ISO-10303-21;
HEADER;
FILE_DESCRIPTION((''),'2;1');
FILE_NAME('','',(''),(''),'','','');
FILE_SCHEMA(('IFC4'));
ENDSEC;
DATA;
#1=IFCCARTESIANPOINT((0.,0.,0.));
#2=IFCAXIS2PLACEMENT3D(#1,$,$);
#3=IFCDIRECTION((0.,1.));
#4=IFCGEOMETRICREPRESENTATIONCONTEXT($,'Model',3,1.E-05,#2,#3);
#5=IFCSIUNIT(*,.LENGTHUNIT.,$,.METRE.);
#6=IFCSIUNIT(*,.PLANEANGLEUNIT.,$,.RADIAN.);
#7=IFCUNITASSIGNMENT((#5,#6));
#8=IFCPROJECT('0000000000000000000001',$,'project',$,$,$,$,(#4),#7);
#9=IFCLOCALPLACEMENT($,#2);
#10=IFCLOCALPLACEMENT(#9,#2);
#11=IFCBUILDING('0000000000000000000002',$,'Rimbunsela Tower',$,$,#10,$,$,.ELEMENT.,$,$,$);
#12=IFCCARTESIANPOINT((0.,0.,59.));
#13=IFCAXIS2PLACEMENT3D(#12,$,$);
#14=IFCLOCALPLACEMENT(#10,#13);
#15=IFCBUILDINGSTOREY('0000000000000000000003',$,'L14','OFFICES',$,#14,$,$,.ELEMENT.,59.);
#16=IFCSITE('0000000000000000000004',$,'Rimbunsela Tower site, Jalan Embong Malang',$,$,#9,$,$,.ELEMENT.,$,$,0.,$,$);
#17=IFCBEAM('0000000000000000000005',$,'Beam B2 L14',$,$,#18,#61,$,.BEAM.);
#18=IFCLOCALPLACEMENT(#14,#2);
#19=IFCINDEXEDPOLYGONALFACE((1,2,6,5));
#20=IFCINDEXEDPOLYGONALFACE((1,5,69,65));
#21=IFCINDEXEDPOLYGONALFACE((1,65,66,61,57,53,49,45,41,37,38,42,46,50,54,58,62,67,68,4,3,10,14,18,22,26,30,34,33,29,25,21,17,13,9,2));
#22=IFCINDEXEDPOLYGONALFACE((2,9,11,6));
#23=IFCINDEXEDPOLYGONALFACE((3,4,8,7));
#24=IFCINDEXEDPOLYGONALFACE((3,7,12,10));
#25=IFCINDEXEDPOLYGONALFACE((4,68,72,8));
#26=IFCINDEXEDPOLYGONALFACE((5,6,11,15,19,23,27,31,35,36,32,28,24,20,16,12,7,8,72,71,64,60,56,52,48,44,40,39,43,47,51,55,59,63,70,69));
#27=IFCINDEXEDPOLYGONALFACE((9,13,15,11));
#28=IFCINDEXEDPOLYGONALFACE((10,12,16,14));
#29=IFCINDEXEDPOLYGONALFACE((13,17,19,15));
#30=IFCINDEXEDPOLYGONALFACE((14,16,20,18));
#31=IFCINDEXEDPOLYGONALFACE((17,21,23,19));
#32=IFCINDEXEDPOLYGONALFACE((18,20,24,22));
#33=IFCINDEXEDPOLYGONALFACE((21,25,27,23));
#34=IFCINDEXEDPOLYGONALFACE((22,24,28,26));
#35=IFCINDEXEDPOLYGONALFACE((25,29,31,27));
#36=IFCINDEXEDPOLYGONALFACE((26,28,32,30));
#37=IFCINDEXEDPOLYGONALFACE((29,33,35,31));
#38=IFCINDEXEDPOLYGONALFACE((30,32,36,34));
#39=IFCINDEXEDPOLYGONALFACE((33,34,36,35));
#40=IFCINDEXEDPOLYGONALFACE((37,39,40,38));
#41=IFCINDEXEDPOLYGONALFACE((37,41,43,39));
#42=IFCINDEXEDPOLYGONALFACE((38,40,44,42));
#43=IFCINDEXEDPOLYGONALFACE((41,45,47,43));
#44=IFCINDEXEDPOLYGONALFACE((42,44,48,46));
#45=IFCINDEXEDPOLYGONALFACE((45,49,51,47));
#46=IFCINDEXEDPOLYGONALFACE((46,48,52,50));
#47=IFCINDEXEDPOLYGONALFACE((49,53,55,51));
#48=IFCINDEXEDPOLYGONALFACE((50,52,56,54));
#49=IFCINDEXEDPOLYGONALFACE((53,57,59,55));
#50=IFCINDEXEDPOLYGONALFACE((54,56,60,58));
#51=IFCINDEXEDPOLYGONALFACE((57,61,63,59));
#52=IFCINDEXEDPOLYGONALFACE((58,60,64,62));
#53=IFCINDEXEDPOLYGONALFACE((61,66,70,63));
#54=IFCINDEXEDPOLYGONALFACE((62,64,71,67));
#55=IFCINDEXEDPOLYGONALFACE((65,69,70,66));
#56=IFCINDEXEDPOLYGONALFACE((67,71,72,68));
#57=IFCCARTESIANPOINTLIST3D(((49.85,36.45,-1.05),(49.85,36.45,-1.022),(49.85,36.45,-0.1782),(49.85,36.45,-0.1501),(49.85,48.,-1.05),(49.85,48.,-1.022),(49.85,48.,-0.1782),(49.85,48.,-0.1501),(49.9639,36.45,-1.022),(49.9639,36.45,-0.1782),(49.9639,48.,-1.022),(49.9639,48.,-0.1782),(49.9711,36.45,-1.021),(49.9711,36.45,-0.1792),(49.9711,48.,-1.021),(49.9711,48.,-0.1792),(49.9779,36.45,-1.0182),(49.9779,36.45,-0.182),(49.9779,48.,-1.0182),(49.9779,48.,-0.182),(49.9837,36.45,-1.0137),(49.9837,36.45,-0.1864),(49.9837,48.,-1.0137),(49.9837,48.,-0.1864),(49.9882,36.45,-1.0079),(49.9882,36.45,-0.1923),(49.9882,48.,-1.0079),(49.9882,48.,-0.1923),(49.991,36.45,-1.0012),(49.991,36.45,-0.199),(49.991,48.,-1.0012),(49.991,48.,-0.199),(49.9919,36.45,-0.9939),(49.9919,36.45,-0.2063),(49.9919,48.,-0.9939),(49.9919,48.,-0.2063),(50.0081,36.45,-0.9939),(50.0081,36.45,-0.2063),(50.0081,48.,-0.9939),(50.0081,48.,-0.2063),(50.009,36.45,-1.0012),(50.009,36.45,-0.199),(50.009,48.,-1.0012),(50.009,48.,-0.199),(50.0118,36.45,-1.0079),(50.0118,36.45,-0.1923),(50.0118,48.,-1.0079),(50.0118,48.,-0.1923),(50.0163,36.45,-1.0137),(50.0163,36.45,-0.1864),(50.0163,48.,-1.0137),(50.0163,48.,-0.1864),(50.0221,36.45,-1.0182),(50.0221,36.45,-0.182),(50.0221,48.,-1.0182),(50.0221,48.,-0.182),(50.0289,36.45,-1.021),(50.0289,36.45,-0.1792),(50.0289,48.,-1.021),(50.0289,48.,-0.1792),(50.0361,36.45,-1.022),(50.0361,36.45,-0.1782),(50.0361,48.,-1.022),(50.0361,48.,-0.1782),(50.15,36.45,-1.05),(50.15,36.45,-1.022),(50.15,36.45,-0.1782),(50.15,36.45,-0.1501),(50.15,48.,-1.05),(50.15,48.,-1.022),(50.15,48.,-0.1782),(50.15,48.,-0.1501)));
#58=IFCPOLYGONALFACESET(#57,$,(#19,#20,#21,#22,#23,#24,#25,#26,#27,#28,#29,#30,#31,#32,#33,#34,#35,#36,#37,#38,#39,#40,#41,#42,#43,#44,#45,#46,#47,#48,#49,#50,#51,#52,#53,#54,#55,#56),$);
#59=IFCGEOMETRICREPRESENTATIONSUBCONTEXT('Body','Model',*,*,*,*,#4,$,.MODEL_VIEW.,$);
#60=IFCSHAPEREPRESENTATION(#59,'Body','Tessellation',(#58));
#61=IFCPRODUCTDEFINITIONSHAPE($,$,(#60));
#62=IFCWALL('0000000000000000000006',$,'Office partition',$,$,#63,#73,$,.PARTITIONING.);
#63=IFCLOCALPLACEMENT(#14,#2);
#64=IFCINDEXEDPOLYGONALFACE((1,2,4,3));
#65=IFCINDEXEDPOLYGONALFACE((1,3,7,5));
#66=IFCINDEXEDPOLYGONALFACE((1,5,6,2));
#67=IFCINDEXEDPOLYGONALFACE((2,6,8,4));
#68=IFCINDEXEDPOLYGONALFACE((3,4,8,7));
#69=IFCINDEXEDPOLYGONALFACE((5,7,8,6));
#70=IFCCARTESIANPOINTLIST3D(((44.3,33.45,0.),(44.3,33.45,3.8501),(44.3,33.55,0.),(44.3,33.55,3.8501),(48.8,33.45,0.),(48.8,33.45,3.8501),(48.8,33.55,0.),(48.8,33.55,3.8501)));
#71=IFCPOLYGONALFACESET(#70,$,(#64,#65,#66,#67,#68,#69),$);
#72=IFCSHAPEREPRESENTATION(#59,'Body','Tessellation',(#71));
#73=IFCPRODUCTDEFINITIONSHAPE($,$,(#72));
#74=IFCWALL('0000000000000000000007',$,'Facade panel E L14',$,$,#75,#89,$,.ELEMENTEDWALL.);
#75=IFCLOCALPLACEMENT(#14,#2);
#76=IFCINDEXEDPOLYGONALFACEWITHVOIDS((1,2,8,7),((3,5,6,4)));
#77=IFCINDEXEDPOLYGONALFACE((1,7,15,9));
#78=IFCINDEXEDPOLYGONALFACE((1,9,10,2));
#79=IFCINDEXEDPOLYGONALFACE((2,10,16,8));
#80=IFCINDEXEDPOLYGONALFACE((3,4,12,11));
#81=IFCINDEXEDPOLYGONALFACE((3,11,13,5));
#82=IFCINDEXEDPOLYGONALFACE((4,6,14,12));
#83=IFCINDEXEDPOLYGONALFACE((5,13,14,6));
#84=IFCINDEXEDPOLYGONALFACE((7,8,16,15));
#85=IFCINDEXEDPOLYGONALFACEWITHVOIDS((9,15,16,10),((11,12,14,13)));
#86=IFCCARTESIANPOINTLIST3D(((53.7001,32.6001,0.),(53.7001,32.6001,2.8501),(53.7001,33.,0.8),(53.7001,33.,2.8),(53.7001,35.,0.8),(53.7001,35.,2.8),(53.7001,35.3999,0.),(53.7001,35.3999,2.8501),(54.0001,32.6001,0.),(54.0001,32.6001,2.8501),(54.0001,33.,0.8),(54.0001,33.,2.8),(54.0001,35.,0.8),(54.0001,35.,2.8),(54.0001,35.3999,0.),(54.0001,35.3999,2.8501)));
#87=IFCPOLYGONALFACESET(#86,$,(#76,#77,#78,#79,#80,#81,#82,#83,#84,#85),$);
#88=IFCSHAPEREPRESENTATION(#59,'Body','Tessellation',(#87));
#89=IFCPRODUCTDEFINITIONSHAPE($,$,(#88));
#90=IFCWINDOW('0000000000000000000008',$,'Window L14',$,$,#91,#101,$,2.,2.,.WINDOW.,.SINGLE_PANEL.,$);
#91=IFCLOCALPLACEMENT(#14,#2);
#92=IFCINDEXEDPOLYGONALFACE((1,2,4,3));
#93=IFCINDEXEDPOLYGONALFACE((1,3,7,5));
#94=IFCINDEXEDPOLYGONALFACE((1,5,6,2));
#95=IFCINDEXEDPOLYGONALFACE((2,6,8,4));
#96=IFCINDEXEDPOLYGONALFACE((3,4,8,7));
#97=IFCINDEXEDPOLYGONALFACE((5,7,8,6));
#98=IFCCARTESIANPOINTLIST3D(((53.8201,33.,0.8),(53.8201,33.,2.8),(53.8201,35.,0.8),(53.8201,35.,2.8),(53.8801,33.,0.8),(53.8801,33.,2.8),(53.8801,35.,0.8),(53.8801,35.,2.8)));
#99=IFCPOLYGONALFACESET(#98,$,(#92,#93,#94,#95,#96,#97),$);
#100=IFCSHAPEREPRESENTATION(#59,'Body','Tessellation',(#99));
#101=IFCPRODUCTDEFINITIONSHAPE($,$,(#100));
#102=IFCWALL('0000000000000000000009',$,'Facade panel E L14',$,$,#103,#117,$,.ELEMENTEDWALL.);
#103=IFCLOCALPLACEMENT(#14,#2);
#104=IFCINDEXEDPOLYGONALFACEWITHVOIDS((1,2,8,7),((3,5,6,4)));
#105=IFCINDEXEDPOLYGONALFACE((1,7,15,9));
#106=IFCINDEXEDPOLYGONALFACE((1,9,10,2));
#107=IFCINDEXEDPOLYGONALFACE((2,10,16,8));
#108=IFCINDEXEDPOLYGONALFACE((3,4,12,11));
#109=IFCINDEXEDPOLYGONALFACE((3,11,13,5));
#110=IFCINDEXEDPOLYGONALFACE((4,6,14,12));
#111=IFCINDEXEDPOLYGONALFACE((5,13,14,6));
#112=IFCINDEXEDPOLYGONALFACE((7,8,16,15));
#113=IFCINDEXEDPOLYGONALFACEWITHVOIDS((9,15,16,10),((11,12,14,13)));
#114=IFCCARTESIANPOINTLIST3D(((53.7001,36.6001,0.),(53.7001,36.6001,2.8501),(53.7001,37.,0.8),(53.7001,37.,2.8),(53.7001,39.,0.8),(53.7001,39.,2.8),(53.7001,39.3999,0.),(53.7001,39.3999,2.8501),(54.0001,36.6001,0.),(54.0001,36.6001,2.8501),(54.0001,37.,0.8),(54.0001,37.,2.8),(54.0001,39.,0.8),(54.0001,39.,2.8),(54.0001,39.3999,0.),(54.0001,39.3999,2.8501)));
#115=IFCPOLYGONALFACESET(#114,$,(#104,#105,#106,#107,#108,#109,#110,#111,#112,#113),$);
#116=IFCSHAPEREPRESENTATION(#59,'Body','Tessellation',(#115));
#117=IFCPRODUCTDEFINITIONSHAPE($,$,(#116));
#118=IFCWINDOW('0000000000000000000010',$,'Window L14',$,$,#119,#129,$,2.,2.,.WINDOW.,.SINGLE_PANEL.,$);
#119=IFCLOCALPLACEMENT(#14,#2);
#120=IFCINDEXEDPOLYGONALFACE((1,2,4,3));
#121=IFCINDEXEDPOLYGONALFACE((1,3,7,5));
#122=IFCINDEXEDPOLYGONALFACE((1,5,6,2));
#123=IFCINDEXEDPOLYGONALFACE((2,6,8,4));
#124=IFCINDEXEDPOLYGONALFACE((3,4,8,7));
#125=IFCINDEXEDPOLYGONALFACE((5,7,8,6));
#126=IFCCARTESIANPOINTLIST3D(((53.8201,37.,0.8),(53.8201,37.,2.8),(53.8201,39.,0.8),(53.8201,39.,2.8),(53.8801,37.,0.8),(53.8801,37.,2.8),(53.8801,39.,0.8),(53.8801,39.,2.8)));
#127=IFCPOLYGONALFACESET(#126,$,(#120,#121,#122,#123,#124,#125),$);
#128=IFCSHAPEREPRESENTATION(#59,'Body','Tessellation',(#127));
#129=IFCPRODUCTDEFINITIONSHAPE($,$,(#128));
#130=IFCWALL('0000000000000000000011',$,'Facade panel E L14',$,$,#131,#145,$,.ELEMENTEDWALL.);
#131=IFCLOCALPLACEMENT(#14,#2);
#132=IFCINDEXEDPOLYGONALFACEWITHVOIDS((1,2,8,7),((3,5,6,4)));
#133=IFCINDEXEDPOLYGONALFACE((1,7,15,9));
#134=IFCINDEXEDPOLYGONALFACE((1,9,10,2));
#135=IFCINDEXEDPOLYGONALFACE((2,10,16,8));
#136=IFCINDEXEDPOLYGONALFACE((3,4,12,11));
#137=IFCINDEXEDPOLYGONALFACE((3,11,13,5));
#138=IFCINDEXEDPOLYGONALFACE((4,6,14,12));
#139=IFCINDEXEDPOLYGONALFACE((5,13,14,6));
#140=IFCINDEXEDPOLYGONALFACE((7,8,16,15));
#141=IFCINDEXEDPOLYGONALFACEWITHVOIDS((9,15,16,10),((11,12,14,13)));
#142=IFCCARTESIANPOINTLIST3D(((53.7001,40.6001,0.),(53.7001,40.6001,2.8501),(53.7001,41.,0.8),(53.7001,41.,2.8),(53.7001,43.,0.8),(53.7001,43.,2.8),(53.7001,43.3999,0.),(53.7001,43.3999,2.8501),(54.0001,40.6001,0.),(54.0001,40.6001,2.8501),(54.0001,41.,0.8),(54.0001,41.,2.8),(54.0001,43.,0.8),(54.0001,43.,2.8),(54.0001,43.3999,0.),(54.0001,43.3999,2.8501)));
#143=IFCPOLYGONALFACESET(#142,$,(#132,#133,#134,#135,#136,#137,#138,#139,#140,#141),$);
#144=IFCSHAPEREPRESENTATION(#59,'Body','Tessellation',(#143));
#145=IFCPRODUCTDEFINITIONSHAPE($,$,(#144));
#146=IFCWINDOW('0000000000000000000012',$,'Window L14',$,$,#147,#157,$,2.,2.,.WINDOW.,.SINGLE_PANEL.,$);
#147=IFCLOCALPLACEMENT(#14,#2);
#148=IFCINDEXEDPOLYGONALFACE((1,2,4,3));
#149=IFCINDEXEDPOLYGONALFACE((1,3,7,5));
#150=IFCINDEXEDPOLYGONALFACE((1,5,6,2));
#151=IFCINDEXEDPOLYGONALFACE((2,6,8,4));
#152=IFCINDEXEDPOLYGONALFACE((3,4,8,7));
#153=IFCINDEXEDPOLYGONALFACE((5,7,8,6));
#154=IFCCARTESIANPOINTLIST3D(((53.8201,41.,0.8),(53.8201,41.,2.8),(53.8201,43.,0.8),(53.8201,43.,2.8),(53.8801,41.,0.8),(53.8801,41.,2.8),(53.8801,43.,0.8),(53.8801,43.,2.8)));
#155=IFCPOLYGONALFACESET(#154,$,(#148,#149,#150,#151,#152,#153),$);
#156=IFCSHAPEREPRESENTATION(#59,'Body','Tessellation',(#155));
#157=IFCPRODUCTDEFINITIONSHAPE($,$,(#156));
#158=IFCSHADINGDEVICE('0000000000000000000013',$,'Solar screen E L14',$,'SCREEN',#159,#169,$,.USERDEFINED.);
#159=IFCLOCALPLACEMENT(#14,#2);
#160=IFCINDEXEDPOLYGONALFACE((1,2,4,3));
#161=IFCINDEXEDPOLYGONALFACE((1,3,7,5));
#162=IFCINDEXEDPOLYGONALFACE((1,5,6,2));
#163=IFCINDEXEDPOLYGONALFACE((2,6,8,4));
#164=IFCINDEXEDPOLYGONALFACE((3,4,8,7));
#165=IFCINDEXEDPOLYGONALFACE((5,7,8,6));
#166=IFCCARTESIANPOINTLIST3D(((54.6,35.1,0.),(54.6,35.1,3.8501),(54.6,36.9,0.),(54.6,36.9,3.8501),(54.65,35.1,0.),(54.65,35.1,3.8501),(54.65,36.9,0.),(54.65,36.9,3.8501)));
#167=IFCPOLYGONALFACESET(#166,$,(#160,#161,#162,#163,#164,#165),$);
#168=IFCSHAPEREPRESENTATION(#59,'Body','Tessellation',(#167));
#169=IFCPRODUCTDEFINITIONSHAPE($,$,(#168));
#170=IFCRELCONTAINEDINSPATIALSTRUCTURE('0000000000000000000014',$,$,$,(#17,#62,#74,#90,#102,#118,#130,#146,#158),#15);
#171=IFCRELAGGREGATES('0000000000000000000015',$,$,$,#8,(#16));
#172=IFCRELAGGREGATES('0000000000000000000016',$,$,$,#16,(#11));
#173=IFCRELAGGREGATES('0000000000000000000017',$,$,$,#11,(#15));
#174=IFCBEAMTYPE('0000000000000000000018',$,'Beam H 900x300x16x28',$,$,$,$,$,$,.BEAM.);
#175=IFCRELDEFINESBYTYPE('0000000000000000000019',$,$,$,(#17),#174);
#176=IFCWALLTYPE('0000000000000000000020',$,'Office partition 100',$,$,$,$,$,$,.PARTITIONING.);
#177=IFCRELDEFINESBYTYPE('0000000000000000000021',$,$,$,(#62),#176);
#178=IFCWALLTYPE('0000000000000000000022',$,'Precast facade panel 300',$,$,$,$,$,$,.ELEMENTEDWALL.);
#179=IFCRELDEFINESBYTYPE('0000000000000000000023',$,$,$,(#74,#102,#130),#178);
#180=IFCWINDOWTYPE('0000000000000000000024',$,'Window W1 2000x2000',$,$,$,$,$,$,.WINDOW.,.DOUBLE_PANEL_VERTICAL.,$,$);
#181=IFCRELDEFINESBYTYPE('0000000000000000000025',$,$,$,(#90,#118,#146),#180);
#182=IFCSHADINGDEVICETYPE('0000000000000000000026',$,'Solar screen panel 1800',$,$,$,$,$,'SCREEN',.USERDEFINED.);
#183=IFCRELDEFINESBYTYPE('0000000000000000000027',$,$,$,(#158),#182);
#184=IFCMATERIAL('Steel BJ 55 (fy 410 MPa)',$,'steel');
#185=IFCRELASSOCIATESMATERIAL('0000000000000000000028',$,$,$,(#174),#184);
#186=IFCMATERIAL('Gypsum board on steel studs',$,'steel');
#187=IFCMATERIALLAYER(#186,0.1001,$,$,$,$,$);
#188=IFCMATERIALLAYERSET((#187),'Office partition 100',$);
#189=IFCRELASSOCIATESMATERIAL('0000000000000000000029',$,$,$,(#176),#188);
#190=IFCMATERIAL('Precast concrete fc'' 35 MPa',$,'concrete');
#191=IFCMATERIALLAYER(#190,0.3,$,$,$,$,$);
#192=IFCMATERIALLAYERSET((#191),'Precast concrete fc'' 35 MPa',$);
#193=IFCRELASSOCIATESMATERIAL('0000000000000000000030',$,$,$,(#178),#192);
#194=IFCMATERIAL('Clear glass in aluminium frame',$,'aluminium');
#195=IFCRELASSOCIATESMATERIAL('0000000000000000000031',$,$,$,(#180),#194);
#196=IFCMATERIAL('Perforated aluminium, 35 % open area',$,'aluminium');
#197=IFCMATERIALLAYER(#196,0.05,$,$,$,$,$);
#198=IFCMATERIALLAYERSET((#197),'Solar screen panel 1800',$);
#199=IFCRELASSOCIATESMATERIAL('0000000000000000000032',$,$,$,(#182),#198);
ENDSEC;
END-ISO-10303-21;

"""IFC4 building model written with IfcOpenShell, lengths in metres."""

from ifc_helpers import new_model, si_unit, direction, frame, frame_2d, origin, origin_2d, place, context, subcontext, project, spatial, rectangle, i_section, extrude, material, layer, layer_set, material_profile, profile_set, type_object, element, fill, save


model = new_model("IFC4")

# Units and contexts
model_context = context("Model", 3, precision=1e-05, world=origin(), true_north=direction((0.0, 1.0)))
body_context = subcontext(model_context, "Body", "Model", "MODEL_VIEW")
ifc_project = project(units=[si_unit("LENGTHUNIT", "METRE"), si_unit("PLANEANGLEUNIT", "RADIAN")], contexts=[model_context])

# Site, building, storey
site_placement = place(None, origin())
site = spatial("IfcSite", under=ifc_project, at=site_placement, Name="Rimbunsela Tower site, Jalan Embong Malang", CompositionType="ELEMENT", RefElevation=0.0)
building_placement = place(site_placement, origin())
building = spatial("IfcBuilding", under=site, at=building_placement, Name="Rimbunsela Tower", CompositionType="ELEMENT")
storey_placement = place(building_placement, frame((0.0, 0.0, 59.0)))
storey = spatial("IfcBuildingStorey", under=building, at=storey_placement, Name="L14", Description="OFFICES", CompositionType="ELEMENT", Elevation=59.0)

# Beam
ifc_material_1 = material(Name="Steel BJ 55 (fy 410 MPa)", Category="steel")
ifc_material_profile_1 = material_profile(ifc_material_1, i_section(OverallWidth=0.3, OverallDepth=0.8999, WebThickness=0.0161, FlangeThickness=0.0281, FilletRadius=0.0281, at=origin_2d()), Name="H 900x300x16x28")
ifc_profile_set_1 = profile_set([ifc_material_profile_1], Name="Steel BJ 55 (fy 410 MPa)")
beam_type_1 = type_object("IfcBeamType", Name="Beam H 900x300x16x28", PredefinedType="BEAM", material=ifc_profile_set_1)
beam_1_placement = place(storey_placement, frame((50.0, 36.45, -0.6001), z_axis=(0.0, 1.0, 0.0), x_axis=(-1.0, 0.0, 0.0)))
element("IfcBeam", 1, at=beam_1_placement, inside=storey, type_object=beam_type_1, Name="Beam B2 L14", PredefinedType="BEAM", context=body_context, shape_type="SweptSolid", body=[
    extrude(i_section(OverallWidth=0.3, OverallDepth=0.8999, WebThickness=0.0161, FlangeThickness=0.0281, FilletRadius=0.0281, at=origin_2d()), origin(), (0.0, 0.0, 1.0), 11.55),
])

# Wall
ifc_material_2 = material(Name="Gypsum board on steel studs", Category="steel")
ifc_layer_1 = layer(ifc_material_2, 0.1001)
ifc_layer_set_1 = layer_set([ifc_layer_1], Name="Office partition 100")
wall_type_1 = type_object("IfcWallType", Name="Office partition 100", PredefinedType="PARTITIONING", material=ifc_layer_set_1)
wall_1_placement = place(storey_placement, frame((48.8, 33.5, 0.0), z_axis=(0.0, 0.0, 1.0), x_axis=(-1.0, 0.0, 0.0)))
element("IfcWall", 2, at=wall_1_placement, inside=storey, type_object=wall_type_1, Name="Office partition", PredefinedType="PARTITIONING", context=body_context, shape_type="SweptSolid", body=[
    extrude(rectangle(XDim=4.5, YDim=0.1001, at=frame_2d((2.25, 0.0))), origin(), (0.0, 0.0, 1.0), 3.8501),
])

# Walls, openings, windows
ifc_material_3 = material(Name="Precast concrete fc' 35 MPa", Category="concrete")
ifc_layer_2 = layer(ifc_material_3, 0.3)
ifc_layer_set_2 = layer_set([ifc_layer_2], Name="Precast concrete fc' 35 MPa")
wall_type_2 = type_object("IfcWallType", Name="Precast facade panel 300", PredefinedType="ELEMENTEDWALL", material=ifc_layer_set_2)
wall_2_placement = place(storey_placement, frame((53.8501, 32.6001, 0.0), z_axis=(0.0, 0.0, 1.0), x_axis=(0.0, 1.0, 0.0)))
wall_2 = element("IfcWall", 3, at=wall_2_placement, inside=storey, type_object=wall_type_2, Name="Facade panel E L14", PredefinedType="ELEMENTEDWALL", context=body_context, shape_type="SweptSolid", body=[
    extrude(rectangle(XDim=2.7998, YDim=0.3, at=frame_2d((1.3999, 0.0))), origin(), (0.0, 0.0, 1.0), 2.8501),
])
opening_1_placement = place(wall_2_placement, frame((0.3999, 0.0, 0.8)))
opening_1 = element("IfcOpeningElement", 4, at=opening_1_placement, cuts=wall_2, PredefinedType="OPENING", context=body_context, shape_type="SweptSolid", body=[
    extrude(rectangle(XDim=2.0, YDim=2.0, at=frame_2d((1.0, 1.0))), frame((0.0, 0.1599, 0.0), z_axis=(0.0, -1.0, 0.0), x_axis=(1.0, 0.0, 0.0)), (0.0, 0.0, 1.0), 0.3201),
])
ifc_material_4 = material(Name="Clear glass in aluminium frame", Category="aluminium")
window_type = type_object("IfcWindowType", Name="Window W1 2000x2000", PartitioningType="DOUBLE_PANEL_VERTICAL", PredefinedType="WINDOW", material=ifc_material_4)
window_1_placement = place(opening_1_placement, origin())
window_1 = element("IfcWindow", 5, at=window_1_placement, inside=storey, type_object=window_type, Name="Window L14", OverallHeight=2.0, OverallWidth=2.0, PartitioningType="SINGLE_PANEL", PredefinedType="WINDOW", context=body_context, shape_type="SweptSolid", body=[
    extrude(rectangle(XDim=2.0, YDim=2.0, at=frame_2d((1.0, 1.0))), frame((0.0, 0.03, 0.0), z_axis=(0.0, -1.0, 0.0), x_axis=(1.0, 0.0, 0.0)), (0.0, 0.0, 1.0), 0.0601),
])
fill(opening_1, window_1)
wall_3_placement = place(storey_placement, frame((53.8501, 36.6001, 0.0), z_axis=(0.0, 0.0, 1.0), x_axis=(0.0, 1.0, 0.0)))
wall_3 = element("IfcWall", 6, at=wall_3_placement, inside=storey, type_object=wall_type_2, Name="Facade panel E L14", PredefinedType="ELEMENTEDWALL", context=body_context, shape_type="SweptSolid", body=[
    extrude(rectangle(XDim=2.7998, YDim=0.3, at=frame_2d((1.3999, 0.0))), origin(), (0.0, 0.0, 1.0), 2.8501),
])
opening_2_placement = place(wall_3_placement, frame((0.3999, 0.0, 0.8)))
opening_2 = element("IfcOpeningElement", 7, at=opening_2_placement, cuts=wall_3, PredefinedType="OPENING", context=body_context, shape_type="SweptSolid", body=[
    extrude(rectangle(XDim=2.0, YDim=2.0, at=frame_2d((1.0, 1.0))), frame((0.0, 0.1599, 0.0), z_axis=(0.0, -1.0, 0.0), x_axis=(1.0, 0.0, 0.0)), (0.0, 0.0, 1.0), 0.3201),
])
window_2_placement = place(opening_2_placement, origin())
window_2 = element("IfcWindow", 8, at=window_2_placement, inside=storey, type_object=window_type, Name="Window L14", OverallHeight=2.0, OverallWidth=2.0, PartitioningType="SINGLE_PANEL", PredefinedType="WINDOW", context=body_context, shape_type="SweptSolid", body=[
    extrude(rectangle(XDim=2.0, YDim=2.0, at=frame_2d((1.0, 1.0))), frame((0.0, 0.03, 0.0), z_axis=(0.0, -1.0, 0.0), x_axis=(1.0, 0.0, 0.0)), (0.0, 0.0, 1.0), 0.0601),
])
fill(opening_2, window_2)
wall_4_placement = place(storey_placement, frame((53.8501, 40.6001, 0.0), z_axis=(0.0, 0.0, 1.0), x_axis=(0.0, 1.0, 0.0)))
wall_4 = element("IfcWall", 9, at=wall_4_placement, inside=storey, type_object=wall_type_2, Name="Facade panel E L14", PredefinedType="ELEMENTEDWALL", context=body_context, shape_type="SweptSolid", body=[
    extrude(rectangle(XDim=2.7998, YDim=0.3, at=frame_2d((1.3999, 0.0))), origin(), (0.0, 0.0, 1.0), 2.8501),
])
opening_3_placement = place(wall_4_placement, frame((0.3999, 0.0, 0.8)))
opening_3 = element("IfcOpeningElement", 10, at=opening_3_placement, cuts=wall_4, PredefinedType="OPENING", context=body_context, shape_type="SweptSolid", body=[
    extrude(rectangle(XDim=2.0, YDim=2.0, at=frame_2d((1.0, 1.0))), frame((0.0, 0.1599, 0.0), z_axis=(0.0, -1.0, 0.0), x_axis=(1.0, 0.0, 0.0)), (0.0, 0.0, 1.0), 0.3201),
])
window_3_placement = place(opening_3_placement, origin())
window_3 = element("IfcWindow", 11, at=window_3_placement, inside=storey, type_object=window_type, Name="Window L14", OverallHeight=2.0, OverallWidth=2.0, PartitioningType="SINGLE_PANEL", PredefinedType="WINDOW", context=body_context, shape_type="SweptSolid", body=[
    extrude(rectangle(XDim=2.0, YDim=2.0, at=frame_2d((1.0, 1.0))), frame((0.0, 0.03, 0.0), z_axis=(0.0, -1.0, 0.0), x_axis=(1.0, 0.0, 0.0)), (0.0, 0.0, 1.0), 0.0601),
])
fill(opening_3, window_3)

# Shading device
ifc_material_5 = material(Name="Perforated aluminium, 35 % open area", Category="aluminium")
ifc_layer_3 = layer(ifc_material_5, 0.05)
ifc_layer_set_3 = layer_set([ifc_layer_3], Name="Solar screen panel 1800")
shading_device_type = type_object("IfcShadingDeviceType", Name="Solar screen panel 1800", ElementType="SCREEN", PredefinedType="USERDEFINED", material=ifc_layer_set_3)
for number, where, z_axis, x_axis, name in (
    (12, (54.625, 36.0, 0.0), (0.0, 0.0, 1.0), (0.0, 1.0, 0.0), "Solar screen E L14"),
):
    element("IfcShadingDevice", number, at=place(storey_placement, frame(where, z_axis=z_axis, x_axis=x_axis)), inside=storey, type_object=shading_device_type, Name=name, ObjectType="SCREEN", PredefinedType="USERDEFINED", context=body_context, shape_type="SweptSolid", body=[
        extrude(rectangle(XDim=1.8, YDim=0.05, at=origin_2d()), origin(), (0.0, 0.0, 1.0), 3.8501),
    ])

save(model, "model.ifc")
